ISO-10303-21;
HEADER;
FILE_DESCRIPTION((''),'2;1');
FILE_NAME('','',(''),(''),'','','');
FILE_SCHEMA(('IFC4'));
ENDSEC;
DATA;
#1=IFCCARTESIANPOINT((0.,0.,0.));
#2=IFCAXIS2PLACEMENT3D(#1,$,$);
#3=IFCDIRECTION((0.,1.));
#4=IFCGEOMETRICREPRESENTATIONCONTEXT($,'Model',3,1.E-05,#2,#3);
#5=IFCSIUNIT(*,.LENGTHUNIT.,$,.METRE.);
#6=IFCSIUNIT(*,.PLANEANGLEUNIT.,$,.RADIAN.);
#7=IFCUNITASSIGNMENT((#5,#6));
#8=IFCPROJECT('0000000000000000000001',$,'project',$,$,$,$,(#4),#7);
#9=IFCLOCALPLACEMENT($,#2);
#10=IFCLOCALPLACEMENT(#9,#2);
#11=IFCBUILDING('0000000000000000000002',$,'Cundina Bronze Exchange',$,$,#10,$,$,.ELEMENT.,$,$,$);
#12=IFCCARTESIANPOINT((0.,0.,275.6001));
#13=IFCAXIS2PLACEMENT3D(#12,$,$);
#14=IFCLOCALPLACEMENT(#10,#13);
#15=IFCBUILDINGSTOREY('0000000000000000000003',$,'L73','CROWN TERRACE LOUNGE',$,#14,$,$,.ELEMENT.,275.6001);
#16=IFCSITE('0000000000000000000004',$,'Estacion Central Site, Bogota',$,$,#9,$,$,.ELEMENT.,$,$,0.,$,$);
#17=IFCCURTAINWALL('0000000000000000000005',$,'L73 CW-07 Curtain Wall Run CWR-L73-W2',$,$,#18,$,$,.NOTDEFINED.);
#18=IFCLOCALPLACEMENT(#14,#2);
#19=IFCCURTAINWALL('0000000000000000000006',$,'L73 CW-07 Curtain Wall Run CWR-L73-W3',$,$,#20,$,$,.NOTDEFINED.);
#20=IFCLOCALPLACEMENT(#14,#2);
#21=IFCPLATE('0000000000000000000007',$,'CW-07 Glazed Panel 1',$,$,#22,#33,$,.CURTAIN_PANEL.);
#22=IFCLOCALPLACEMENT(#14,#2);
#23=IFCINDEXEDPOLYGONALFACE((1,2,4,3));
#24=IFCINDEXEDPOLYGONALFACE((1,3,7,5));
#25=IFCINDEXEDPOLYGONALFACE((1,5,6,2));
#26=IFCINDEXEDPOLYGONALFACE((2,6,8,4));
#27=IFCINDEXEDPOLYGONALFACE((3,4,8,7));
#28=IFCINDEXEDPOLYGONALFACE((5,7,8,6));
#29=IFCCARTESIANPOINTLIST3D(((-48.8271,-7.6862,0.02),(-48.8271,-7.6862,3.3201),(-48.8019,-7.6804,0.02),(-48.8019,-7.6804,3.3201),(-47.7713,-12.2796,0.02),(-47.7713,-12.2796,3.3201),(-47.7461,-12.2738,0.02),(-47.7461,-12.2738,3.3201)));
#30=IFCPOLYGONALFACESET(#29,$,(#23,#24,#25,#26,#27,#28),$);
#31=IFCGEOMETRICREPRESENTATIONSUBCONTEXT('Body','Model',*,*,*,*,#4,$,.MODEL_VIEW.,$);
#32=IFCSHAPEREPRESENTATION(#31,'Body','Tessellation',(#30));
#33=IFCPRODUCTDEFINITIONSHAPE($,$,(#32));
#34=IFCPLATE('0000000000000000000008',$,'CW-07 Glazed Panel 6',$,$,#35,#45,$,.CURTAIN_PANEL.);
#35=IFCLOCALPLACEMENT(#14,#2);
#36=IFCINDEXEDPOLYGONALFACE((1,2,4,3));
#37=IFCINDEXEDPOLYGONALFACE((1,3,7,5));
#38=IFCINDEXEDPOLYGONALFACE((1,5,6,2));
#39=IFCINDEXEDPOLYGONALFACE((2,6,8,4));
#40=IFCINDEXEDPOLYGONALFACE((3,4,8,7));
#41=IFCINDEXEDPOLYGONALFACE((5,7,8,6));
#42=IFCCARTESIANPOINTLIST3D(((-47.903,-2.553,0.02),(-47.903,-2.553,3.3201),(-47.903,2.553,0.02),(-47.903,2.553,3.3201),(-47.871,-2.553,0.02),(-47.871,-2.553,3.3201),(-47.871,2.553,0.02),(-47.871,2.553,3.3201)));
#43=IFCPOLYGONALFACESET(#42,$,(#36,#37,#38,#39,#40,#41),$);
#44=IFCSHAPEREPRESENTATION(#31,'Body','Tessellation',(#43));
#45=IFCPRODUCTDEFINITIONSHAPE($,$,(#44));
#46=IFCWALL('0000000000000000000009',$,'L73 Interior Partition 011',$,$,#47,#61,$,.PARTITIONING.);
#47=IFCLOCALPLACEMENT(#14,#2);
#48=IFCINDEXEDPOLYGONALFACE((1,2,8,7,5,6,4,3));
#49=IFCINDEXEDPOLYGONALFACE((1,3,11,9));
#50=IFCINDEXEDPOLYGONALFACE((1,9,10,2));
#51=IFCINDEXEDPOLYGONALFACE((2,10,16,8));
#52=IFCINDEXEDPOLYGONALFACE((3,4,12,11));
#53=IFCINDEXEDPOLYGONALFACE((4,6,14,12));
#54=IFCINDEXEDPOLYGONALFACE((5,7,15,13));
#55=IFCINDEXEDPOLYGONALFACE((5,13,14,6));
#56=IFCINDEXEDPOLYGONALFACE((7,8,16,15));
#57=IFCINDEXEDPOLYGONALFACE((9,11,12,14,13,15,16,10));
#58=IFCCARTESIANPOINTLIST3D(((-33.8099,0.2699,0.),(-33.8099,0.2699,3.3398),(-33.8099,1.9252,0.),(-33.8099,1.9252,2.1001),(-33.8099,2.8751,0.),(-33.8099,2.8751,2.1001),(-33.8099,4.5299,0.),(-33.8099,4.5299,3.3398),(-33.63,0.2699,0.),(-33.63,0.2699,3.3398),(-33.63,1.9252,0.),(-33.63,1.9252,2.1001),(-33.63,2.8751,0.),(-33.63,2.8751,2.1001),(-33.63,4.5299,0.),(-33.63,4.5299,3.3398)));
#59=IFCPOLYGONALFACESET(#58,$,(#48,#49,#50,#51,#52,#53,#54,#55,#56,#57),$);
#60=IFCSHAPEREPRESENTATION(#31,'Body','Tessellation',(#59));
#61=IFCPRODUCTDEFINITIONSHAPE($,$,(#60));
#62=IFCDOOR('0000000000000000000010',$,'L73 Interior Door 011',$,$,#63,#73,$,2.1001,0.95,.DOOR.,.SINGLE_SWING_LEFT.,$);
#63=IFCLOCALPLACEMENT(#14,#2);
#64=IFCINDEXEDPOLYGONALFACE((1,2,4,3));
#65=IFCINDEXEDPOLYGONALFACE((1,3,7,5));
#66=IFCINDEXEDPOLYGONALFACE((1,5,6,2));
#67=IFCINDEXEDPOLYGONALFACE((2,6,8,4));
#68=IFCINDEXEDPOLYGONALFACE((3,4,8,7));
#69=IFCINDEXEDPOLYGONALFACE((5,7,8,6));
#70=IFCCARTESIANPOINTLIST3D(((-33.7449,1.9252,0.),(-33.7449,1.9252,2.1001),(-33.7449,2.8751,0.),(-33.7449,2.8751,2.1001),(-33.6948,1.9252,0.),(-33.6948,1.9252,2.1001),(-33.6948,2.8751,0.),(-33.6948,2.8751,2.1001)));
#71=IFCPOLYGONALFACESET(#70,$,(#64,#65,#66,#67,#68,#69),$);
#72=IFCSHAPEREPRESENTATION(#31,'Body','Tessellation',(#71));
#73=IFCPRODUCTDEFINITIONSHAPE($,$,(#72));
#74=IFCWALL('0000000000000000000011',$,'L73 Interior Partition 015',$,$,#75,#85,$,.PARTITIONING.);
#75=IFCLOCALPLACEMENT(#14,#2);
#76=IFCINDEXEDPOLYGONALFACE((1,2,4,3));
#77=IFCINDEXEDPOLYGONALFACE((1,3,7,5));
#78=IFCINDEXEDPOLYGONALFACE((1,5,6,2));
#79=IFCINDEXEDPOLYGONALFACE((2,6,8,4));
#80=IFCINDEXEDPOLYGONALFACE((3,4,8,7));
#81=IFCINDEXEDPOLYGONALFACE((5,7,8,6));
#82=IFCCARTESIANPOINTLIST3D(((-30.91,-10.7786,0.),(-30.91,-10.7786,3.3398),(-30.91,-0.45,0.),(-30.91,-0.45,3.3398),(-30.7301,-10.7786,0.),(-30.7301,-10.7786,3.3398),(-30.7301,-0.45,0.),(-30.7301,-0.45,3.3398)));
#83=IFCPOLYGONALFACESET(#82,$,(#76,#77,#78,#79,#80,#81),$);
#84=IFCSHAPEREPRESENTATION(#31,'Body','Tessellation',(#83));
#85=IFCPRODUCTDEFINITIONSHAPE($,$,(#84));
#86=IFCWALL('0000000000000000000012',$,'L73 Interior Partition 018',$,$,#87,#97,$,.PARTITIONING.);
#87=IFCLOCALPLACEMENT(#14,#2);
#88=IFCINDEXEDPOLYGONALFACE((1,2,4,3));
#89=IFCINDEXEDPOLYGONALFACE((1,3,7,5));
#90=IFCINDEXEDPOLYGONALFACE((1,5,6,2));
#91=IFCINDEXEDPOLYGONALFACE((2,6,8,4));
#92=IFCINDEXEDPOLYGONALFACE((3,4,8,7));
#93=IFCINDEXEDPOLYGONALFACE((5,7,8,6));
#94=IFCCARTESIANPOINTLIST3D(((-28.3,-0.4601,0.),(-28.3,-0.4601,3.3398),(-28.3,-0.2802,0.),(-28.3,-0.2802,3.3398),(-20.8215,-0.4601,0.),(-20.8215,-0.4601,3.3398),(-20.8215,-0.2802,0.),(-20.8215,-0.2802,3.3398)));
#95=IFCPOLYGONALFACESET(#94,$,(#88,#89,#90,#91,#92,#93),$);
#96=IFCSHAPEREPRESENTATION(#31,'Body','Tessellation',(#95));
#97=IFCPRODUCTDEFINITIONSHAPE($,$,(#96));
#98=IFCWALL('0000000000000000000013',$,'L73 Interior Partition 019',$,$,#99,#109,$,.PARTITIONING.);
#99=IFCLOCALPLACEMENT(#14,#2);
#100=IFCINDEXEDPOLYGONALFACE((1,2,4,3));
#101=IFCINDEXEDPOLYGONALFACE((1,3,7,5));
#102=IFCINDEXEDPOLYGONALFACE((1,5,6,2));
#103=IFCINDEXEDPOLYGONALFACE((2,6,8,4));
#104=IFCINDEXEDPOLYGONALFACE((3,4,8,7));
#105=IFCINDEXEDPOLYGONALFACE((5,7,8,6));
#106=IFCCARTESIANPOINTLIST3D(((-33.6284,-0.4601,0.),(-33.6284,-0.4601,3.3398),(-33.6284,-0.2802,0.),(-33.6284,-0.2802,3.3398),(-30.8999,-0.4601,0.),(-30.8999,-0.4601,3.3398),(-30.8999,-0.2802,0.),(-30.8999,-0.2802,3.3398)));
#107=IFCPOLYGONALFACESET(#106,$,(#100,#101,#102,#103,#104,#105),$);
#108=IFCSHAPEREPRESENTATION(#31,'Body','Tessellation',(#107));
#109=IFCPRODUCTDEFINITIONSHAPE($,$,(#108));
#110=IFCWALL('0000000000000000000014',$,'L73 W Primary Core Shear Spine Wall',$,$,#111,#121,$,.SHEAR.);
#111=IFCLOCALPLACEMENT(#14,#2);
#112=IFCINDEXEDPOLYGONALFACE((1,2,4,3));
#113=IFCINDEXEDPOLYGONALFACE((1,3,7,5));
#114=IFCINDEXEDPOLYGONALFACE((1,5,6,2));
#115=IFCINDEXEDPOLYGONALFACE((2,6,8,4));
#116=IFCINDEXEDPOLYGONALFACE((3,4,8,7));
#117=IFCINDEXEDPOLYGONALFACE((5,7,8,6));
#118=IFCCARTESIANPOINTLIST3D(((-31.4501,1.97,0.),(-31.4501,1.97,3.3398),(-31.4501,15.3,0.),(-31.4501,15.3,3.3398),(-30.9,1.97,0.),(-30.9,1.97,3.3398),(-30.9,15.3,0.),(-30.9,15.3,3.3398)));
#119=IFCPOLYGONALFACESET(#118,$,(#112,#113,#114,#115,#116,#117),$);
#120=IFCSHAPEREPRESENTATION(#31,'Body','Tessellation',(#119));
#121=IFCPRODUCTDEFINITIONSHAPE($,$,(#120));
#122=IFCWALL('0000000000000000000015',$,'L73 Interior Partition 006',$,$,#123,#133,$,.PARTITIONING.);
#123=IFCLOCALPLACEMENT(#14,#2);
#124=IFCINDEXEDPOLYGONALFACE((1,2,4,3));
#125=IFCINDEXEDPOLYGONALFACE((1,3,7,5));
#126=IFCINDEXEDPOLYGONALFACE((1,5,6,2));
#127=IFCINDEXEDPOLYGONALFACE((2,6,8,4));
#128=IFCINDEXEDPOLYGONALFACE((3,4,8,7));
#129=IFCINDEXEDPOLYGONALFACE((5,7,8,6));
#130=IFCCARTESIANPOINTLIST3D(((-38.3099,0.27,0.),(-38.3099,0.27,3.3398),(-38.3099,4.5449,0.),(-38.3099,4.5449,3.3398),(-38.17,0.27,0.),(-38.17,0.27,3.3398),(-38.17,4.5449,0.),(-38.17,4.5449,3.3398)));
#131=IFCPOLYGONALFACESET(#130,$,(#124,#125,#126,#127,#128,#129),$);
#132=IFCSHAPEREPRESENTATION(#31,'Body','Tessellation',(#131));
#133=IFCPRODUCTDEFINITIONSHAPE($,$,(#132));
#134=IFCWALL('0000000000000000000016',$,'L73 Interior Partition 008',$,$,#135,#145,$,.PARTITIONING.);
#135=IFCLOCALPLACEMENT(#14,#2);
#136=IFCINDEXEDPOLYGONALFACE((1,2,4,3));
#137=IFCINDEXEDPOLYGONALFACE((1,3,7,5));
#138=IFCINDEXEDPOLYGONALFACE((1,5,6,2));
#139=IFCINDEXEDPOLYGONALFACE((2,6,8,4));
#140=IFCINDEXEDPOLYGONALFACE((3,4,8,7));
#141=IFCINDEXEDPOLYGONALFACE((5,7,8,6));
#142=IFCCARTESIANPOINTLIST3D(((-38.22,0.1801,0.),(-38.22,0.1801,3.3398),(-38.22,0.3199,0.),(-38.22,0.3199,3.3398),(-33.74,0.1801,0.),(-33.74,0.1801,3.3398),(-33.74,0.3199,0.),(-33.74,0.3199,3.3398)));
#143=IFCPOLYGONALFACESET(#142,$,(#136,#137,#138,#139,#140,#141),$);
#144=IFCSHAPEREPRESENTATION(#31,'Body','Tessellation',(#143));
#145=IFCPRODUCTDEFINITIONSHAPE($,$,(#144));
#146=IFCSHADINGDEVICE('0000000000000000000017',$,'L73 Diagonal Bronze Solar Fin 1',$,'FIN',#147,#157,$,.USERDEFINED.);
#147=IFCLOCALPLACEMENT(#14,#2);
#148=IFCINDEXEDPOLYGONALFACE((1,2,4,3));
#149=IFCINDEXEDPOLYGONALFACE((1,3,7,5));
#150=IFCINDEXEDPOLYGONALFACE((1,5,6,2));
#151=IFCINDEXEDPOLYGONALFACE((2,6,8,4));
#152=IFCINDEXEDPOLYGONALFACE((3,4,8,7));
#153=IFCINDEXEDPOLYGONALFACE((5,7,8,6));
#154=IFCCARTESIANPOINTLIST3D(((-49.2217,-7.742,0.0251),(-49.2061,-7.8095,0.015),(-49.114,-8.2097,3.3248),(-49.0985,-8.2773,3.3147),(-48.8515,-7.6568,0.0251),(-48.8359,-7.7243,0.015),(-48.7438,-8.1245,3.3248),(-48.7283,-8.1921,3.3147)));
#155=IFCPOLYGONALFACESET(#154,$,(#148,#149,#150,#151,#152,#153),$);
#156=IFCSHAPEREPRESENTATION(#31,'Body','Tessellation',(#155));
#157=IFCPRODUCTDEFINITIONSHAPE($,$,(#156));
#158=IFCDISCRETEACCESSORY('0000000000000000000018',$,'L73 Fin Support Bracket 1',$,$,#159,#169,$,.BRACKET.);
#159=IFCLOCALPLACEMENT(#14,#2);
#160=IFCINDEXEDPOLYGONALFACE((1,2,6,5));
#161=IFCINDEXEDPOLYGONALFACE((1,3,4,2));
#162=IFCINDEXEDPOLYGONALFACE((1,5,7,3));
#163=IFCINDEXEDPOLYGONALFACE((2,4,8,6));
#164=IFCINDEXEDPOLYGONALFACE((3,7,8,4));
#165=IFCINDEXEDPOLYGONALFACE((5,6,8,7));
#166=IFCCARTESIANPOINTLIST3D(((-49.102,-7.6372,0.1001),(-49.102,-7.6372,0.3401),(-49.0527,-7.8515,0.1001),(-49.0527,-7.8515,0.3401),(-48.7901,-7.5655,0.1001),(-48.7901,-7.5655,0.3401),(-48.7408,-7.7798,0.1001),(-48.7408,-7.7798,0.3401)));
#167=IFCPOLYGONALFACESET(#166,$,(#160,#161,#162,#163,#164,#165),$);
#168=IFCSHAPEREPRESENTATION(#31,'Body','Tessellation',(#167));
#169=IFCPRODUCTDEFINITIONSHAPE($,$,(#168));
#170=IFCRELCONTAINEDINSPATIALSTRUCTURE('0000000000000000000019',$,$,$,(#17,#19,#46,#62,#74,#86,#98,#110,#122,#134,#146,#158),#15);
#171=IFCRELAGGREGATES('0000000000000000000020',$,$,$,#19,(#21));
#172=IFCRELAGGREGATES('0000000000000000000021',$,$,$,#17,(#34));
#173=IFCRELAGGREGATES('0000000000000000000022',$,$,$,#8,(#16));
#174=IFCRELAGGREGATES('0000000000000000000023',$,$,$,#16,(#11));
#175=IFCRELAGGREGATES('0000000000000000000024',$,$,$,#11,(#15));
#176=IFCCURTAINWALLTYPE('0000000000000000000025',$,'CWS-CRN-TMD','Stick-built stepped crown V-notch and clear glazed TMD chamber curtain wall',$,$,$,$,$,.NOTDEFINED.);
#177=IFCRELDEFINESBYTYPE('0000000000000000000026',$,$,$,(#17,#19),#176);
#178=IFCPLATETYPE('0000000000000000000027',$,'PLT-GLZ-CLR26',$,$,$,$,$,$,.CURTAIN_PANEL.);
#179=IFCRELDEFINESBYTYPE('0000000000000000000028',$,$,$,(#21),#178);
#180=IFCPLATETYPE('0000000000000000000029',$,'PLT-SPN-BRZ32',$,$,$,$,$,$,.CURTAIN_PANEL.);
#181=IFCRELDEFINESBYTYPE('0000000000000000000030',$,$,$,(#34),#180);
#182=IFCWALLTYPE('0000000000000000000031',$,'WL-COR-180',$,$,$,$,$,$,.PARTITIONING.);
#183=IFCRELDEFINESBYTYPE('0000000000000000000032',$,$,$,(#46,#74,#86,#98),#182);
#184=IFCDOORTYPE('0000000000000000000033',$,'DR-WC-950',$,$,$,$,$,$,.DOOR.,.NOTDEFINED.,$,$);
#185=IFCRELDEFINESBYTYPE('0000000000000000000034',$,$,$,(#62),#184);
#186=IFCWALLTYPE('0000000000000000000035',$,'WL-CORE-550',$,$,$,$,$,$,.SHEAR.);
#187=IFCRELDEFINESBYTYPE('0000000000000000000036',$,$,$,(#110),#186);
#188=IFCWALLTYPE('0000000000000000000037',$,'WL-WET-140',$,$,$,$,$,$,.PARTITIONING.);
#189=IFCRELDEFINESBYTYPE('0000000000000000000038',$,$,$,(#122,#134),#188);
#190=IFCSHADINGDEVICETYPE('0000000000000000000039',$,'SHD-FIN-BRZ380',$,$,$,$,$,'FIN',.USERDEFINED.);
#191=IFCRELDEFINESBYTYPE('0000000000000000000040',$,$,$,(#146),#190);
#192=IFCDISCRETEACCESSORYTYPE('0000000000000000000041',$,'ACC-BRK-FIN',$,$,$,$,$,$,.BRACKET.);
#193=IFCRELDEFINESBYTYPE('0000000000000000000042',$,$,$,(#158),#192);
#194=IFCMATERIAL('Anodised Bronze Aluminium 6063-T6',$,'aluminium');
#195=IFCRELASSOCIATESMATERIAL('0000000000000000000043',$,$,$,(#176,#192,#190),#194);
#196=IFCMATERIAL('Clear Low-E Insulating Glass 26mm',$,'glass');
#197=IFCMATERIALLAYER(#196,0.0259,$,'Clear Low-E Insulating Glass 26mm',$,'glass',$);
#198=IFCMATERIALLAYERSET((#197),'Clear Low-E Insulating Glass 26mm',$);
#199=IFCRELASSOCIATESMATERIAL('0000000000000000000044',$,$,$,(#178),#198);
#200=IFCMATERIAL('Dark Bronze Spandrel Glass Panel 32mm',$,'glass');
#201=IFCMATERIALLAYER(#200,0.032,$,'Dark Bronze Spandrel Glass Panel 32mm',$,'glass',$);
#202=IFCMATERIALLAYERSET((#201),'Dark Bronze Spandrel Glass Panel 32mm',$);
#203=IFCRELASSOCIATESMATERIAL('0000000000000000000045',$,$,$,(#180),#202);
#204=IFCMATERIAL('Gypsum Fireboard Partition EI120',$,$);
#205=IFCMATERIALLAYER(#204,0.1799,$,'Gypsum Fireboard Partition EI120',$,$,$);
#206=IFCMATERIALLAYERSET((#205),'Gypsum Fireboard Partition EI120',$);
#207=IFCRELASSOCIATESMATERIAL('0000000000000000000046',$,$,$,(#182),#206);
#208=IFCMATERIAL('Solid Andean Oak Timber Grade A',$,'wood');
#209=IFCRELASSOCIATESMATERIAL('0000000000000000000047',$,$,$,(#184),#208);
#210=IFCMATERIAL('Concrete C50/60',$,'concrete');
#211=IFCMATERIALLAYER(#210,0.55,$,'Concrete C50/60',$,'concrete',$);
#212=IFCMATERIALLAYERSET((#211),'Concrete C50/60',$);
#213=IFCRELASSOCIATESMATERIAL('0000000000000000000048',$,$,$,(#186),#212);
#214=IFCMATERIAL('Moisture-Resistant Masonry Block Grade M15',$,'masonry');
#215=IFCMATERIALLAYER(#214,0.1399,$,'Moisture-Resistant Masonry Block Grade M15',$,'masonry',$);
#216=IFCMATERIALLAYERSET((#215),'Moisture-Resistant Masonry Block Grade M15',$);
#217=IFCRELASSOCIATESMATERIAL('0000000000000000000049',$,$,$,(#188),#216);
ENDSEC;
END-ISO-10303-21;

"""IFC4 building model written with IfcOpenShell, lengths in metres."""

from ifc_helpers import new_model, si_unit, direction, frame, frame_2d, origin, origin_2d, place, context, subcontext, project, spatial, rectangle, extrude, material, layer, layer_set, material_profile, profile_set, type_object, element, fill, aggregate, save


model = new_model("IFC4")

# Units and contexts
model_context = context("Model", 3, precision=1e-05, world=origin(), true_north=direction((0.0, 1.0)))
body_context = subcontext(model_context, "Body", "Model", "MODEL_VIEW")
ifc_project = project(units=[si_unit("LENGTHUNIT", "METRE"), si_unit("PLANEANGLEUNIT", "RADIAN")], contexts=[model_context])

# Site, building, storey
site_placement = place(None, origin())
site = spatial("IfcSite", under=ifc_project, at=site_placement, Name="Estacion Central Site, Bogota", CompositionType="ELEMENT", RefElevation=0.0)
building_placement = place(site_placement, origin())
building = spatial("IfcBuilding", under=site, at=building_placement, Name="Cundina Bronze Exchange", CompositionType="ELEMENT")
storey_placement = place(building_placement, frame((0.0, 0.0, 275.6001)))
storey = spatial("IfcBuildingStorey", under=building, at=storey_placement, Name="L73", Description="CROWN TERRACE LOUNGE", CompositionType="ELEMENT", Elevation=275.6001)

# Shared definitions
ifc_material_1 = material(Name="Concrete C50/60", Category="concrete")

# Curtain wall
ifc_material_2 = material(Name="Anodised Bronze Aluminium 6063-T6", Category="aluminium")
curtain_wall_type = type_object("IfcCurtainWallType", Name="CWS-CRN-TMD", Description="Stick-built stepped crown V-notch and clear glazed TMD chamber curtain wall", PredefinedType="NOTDEFINED", material=ifc_material_2)
curtain_wall_1_placement = place(storey_placement, origin())
curtain_wall_1 = element("IfcCurtainWall", 1, at=curtain_wall_1_placement, inside=storey, type_object=curtain_wall_type, Name="L73 CW-07 Curtain Wall Run CWR-L73-W2", PredefinedType="NOTDEFINED")

# Curtain wall
curtain_wall_2_placement = place(storey_placement, origin())
curtain_wall_2 = element("IfcCurtainWall", 2, at=curtain_wall_2_placement, inside=storey, type_object=curtain_wall_type, Name="L73 CW-07 Curtain Wall Run CWR-L73-W3", PredefinedType="NOTDEFINED")

# Plates
ifc_material_3 = material(Name="Clear Low-E Insulating Glass 26mm", Category="glass")
ifc_layer_1 = layer(ifc_material_3, 0.0259, Name="Clear Low-E Insulating Glass 26mm", Category="glass")
ifc_layer_set_1 = layer_set([ifc_layer_1], Name="Clear Low-E Insulating Glass 26mm")
plate_type_1 = type_object("IfcPlateType", Name="PLT-GLZ-CLR26", PredefinedType="CURTAIN_PANEL", material=ifc_layer_set_1)
plate_1_placement = place(storey_placement, frame((-48.2866, -9.98, 0.02), z_axis=(0.0, 0.0, 1.0), x_axis=(0.224016, -0.974586, 0.0)))
plate_1 = element("IfcPlate", 3, at=plate_1_placement, type_object=plate_type_1, Name="CW-07 Glazed Panel 1", PredefinedType="CURTAIN_PANEL", context=body_context, shape_type="SweptSolid", body=[
    extrude(rectangle(XDim=4.7131, YDim=0.0259, at=origin_2d()), origin(), (0.0, 0.0, 1.0), 3.3),
])
aggregate(curtain_wall_2, [plate_1])
ifc_material_4 = material(Name="Dark Bronze Spandrel Glass Panel 32mm", Category="glass")
ifc_layer_2 = layer(ifc_material_4, 0.032, Name="Dark Bronze Spandrel Glass Panel 32mm", Category="glass")
ifc_layer_set_2 = layer_set([ifc_layer_2], Name="Dark Bronze Spandrel Glass Panel 32mm")
plate_type_2 = type_object("IfcPlateType", Name="PLT-SPN-BRZ32", PredefinedType="CURTAIN_PANEL", material=ifc_layer_set_2)
plate_2_placement = place(storey_placement, frame((-47.887, 0.0, 0.02), z_axis=(0.0, 0.0, 1.0), x_axis=(0.0, -1.0, 0.0)))
plate_2 = element("IfcPlate", 4, at=plate_2_placement, type_object=plate_type_2, Name="CW-07 Glazed Panel 6", PredefinedType="CURTAIN_PANEL", context=body_context, shape_type="SweptSolid", body=[
    extrude(rectangle(XDim=5.106, YDim=0.032, at=origin_2d()), origin(), (0.0, 0.0, 1.0), 3.3),
])
aggregate(curtain_wall_1, [plate_2])

# Wall, opening, door
ifc_material_5 = material(Name="Gypsum Fireboard Partition EI120")
ifc_layer_3 = layer(ifc_material_5, 0.1799, Name="Gypsum Fireboard Partition EI120")
ifc_layer_set_3 = layer_set([ifc_layer_3], Name="Gypsum Fireboard Partition EI120")
wall_type_1 = type_object("IfcWallType", Name="WL-COR-180", PredefinedType="PARTITIONING", material=ifc_layer_set_3)
wall_1_placement = place(storey_placement, frame((-33.72, 0.27, 0.0), z_axis=(0.0, 0.0, 1.0), x_axis=(0.0, 1.0, 0.0)))
wall_1 = element("IfcWall", 5, at=wall_1_placement, inside=storey, type_object=wall_type_1, Name="L73 Interior Partition 011", PredefinedType="PARTITIONING", context=body_context, shape_type="SweptSolid", body=[
    extrude(rectangle(XDim=4.26, YDim=0.1799, at=frame_2d((2.1299, 0.0))), origin(), (0.0, 0.0, 1.0), 3.3398),
])
opening_1_placement = place(wall_1_placement, frame((1.655, 0.0, 0.0)))
opening_1 = element("IfcOpeningElement", 6, at=opening_1_placement, cuts=wall_1, PredefinedType="OPENING", context=body_context, shape_type="SweptSolid", body=[
    extrude(rectangle(XDim=0.95, YDim=2.1001, at=frame_2d((0.4751, 1.05))), frame((0.0, 0.0999, 0.0), z_axis=(0.0, -1.0, 0.0), x_axis=(1.0, 0.0, 0.0)), (0.0, 0.0, 1.0), 0.2),
])
ifc_material_6 = material(Name="Solid Andean Oak Timber Grade A", Category="wood")
door_type_1 = type_object("IfcDoorType", Name="DR-WC-950", OperationType="NOTDEFINED", PredefinedType="DOOR", material=ifc_material_6)
door_1_placement = place(opening_1_placement, origin())
door_1 = element("IfcDoor", 7, at=door_1_placement, inside=storey, type_object=door_type_1, Name="L73 Interior Door 011", OperationType="SINGLE_SWING_LEFT", OverallHeight=2.1001, OverallWidth=0.95, PredefinedType="DOOR", context=body_context, shape_type="SweptSolid", body=[
    extrude(rectangle(XDim=0.95, YDim=2.1001, at=frame_2d((0.4751, 1.05))), frame((0.0, 0.0249, 0.0), z_axis=(0.0, -1.0, 0.0), x_axis=(1.0, 0.0, 0.0)), (0.0, 0.0, 1.0), 0.05),
])
fill(opening_1, door_1)

# Walls
wall_2_placement = place(storey_placement, frame((-30.8201, -0.45, 0.0), z_axis=(0.0, 0.0, 1.0), x_axis=(0.0, -1.0, 0.0)))
element("IfcWall", 8, at=wall_2_placement, inside=storey, type_object=wall_type_1, Name="L73 Interior Partition 015", PredefinedType="PARTITIONING", context=body_context, shape_type="SweptSolid", body=[
    extrude(rectangle(XDim=10.3286, YDim=0.1799, at=frame_2d((5.1643, 0.0))), origin(), (0.0, 0.0, 1.0), 3.3398),
])
wall_3_placement = place(storey_placement, frame((-28.3, -0.3701, 0.0), z_axis=(0.0, 0.0, 1.0), x_axis=(1.0, 0.0, 0.0)))
element("IfcWall", 9, at=wall_3_placement, inside=storey, type_object=wall_type_1, Name="L73 Interior Partition 018", PredefinedType="PARTITIONING", context=body_context, shape_type="SweptSolid", body=[
    extrude(rectangle(XDim=7.4785, YDim=0.1799, at=frame_2d((3.7393, 0.0))), origin(), (0.0, 0.0, 1.0), 3.3398),
])
wall_4_placement = place(storey_placement, frame((-33.6284, -0.3701, 0.0), z_axis=(0.0, 0.0, 1.0), x_axis=(1.0, 0.0, 0.0)))
element("IfcWall", 10, at=wall_4_placement, inside=storey, type_object=wall_type_1, Name="L73 Interior Partition 019", PredefinedType="PARTITIONING", context=body_context, shape_type="SweptSolid", body=[
    extrude(rectangle(XDim=2.7285, YDim=0.1799, at=frame_2d((1.3643, 0.0))), origin(), (0.0, 0.0, 1.0), 3.3398),
])
ifc_layer_4 = layer(ifc_material_1, 0.55, Name="Concrete C50/60", Category="concrete")
ifc_layer_set_4 = layer_set([ifc_layer_4], Name="Concrete C50/60")
wall_type_2 = type_object("IfcWallType", Name="WL-CORE-550", PredefinedType="SHEAR", material=ifc_layer_set_4)
wall_5_placement = place(storey_placement, frame((-31.175, 1.97, 0.0), z_axis=(0.0, 0.0, 1.0), x_axis=(0.0, 1.0, 0.0)))
element("IfcWall", 11, at=wall_5_placement, inside=storey, type_object=wall_type_2, Name="L73 W Primary Core Shear Spine Wall", PredefinedType="SHEAR", context=body_context, shape_type="SweptSolid", body=[
    extrude(rectangle(XDim=13.3301, YDim=0.55, at=frame_2d((6.665, 0.0))), origin(), (0.0, 0.0, 1.0), 3.3398),
])
ifc_material_7 = material(Name="Moisture-Resistant Masonry Block Grade M15", Category="masonry")
ifc_layer_5 = layer(ifc_material_7, 0.1399, Name="Moisture-Resistant Masonry Block Grade M15", Category="masonry")
ifc_layer_set_5 = layer_set([ifc_layer_5], Name="Moisture-Resistant Masonry Block Grade M15")
wall_type_3 = type_object("IfcWallType", Name="WL-WET-140", PredefinedType="PARTITIONING", material=ifc_layer_set_5)
wall_6_placement = place(storey_placement, frame((-38.24, 0.27, 0.0), z_axis=(0.0, 0.0, 1.0), x_axis=(0.0, 1.0, 0.0)))
element("IfcWall", 12, at=wall_6_placement, inside=storey, type_object=wall_type_3, Name="L73 Interior Partition 006", PredefinedType="PARTITIONING", context=body_context, shape_type="SweptSolid", body=[
    extrude(rectangle(XDim=4.2749, YDim=0.1399, at=frame_2d((2.1375, 0.0))), origin(), (0.0, 0.0, 1.0), 3.3398),
])
wall_7_placement = place(storey_placement, frame((-38.22, 0.25, 0.0), z_axis=(0.0, 0.0, 1.0), x_axis=(1.0, 0.0, 0.0)))
element("IfcWall", 13, at=wall_7_placement, inside=storey, type_object=wall_type_3, Name="L73 Interior Partition 008", PredefinedType="PARTITIONING", context=body_context, shape_type="SweptSolid", body=[
    extrude(rectangle(XDim=4.48, YDim=0.1399, at=frame_2d((2.24, 0.0))), origin(), (0.0, 0.0, 1.0), 3.3398),
])

# Shading device
ifc_material_profile_1 = material_profile(ifc_material_2, rectangle(XDim=0.0701, YDim=0.3799, at=origin_2d()), Name="FIN70X380", Category="aluminium")
ifc_profile_set_1 = profile_set([ifc_material_profile_1], Name="Anodised Bronze Aluminium 6063-T6")
shading_device_type = type_object("IfcShadingDeviceType", Name="SHD-FIN-BRZ380", ElementType="FIN", PredefinedType="USERDEFINED", material=ifc_profile_set_1)
shading_device_placement = place(storey_placement, frame((-49.0288, -7.7332, 0.02), z_axis=(0.032288, -0.140282, 0.989585), x_axis=(-0.221966, 0.96437, 0.143949)))
element("IfcShadingDevice", 14, at=shading_device_placement, inside=storey, type_object=shading_device_type, Name="L73 Diagonal Bronze Solar Fin 1", ObjectType="FIN", PredefinedType="USERDEFINED", context=body_context, shape_type="SweptSolid", body=[
    extrude(rectangle(XDim=0.0701, YDim=0.3799, at=origin_2d()), origin(), (0.0, 0.0, 1.0), 3.3345),
])

# Discrete accessory
discrete_accessory_type = type_object("IfcDiscreteAccessoryType", Name="ACC-BRK-FIN", PredefinedType="BRACKET", material=ifc_material_2)
discrete_accessory_placement = place(storey_placement, frame((-48.9214, -7.7085, 0.1001), z_axis=(0.0, 0.0, 1.0), x_axis=(0.224016, -0.974586, 0.0)))
element("IfcDiscreteAccessory", 15, at=discrete_accessory_placement, inside=storey, type_object=discrete_accessory_type, Name="L73 Fin Support Bracket 1", PredefinedType="BRACKET", context=body_context, shape_type="SweptSolid", body=[
    extrude(rectangle(XDim=0.22, YDim=0.3201, at=origin_2d()), origin(), (0.0, 0.0, 1.0), 0.24),
])

save(model, "model.ifc")
